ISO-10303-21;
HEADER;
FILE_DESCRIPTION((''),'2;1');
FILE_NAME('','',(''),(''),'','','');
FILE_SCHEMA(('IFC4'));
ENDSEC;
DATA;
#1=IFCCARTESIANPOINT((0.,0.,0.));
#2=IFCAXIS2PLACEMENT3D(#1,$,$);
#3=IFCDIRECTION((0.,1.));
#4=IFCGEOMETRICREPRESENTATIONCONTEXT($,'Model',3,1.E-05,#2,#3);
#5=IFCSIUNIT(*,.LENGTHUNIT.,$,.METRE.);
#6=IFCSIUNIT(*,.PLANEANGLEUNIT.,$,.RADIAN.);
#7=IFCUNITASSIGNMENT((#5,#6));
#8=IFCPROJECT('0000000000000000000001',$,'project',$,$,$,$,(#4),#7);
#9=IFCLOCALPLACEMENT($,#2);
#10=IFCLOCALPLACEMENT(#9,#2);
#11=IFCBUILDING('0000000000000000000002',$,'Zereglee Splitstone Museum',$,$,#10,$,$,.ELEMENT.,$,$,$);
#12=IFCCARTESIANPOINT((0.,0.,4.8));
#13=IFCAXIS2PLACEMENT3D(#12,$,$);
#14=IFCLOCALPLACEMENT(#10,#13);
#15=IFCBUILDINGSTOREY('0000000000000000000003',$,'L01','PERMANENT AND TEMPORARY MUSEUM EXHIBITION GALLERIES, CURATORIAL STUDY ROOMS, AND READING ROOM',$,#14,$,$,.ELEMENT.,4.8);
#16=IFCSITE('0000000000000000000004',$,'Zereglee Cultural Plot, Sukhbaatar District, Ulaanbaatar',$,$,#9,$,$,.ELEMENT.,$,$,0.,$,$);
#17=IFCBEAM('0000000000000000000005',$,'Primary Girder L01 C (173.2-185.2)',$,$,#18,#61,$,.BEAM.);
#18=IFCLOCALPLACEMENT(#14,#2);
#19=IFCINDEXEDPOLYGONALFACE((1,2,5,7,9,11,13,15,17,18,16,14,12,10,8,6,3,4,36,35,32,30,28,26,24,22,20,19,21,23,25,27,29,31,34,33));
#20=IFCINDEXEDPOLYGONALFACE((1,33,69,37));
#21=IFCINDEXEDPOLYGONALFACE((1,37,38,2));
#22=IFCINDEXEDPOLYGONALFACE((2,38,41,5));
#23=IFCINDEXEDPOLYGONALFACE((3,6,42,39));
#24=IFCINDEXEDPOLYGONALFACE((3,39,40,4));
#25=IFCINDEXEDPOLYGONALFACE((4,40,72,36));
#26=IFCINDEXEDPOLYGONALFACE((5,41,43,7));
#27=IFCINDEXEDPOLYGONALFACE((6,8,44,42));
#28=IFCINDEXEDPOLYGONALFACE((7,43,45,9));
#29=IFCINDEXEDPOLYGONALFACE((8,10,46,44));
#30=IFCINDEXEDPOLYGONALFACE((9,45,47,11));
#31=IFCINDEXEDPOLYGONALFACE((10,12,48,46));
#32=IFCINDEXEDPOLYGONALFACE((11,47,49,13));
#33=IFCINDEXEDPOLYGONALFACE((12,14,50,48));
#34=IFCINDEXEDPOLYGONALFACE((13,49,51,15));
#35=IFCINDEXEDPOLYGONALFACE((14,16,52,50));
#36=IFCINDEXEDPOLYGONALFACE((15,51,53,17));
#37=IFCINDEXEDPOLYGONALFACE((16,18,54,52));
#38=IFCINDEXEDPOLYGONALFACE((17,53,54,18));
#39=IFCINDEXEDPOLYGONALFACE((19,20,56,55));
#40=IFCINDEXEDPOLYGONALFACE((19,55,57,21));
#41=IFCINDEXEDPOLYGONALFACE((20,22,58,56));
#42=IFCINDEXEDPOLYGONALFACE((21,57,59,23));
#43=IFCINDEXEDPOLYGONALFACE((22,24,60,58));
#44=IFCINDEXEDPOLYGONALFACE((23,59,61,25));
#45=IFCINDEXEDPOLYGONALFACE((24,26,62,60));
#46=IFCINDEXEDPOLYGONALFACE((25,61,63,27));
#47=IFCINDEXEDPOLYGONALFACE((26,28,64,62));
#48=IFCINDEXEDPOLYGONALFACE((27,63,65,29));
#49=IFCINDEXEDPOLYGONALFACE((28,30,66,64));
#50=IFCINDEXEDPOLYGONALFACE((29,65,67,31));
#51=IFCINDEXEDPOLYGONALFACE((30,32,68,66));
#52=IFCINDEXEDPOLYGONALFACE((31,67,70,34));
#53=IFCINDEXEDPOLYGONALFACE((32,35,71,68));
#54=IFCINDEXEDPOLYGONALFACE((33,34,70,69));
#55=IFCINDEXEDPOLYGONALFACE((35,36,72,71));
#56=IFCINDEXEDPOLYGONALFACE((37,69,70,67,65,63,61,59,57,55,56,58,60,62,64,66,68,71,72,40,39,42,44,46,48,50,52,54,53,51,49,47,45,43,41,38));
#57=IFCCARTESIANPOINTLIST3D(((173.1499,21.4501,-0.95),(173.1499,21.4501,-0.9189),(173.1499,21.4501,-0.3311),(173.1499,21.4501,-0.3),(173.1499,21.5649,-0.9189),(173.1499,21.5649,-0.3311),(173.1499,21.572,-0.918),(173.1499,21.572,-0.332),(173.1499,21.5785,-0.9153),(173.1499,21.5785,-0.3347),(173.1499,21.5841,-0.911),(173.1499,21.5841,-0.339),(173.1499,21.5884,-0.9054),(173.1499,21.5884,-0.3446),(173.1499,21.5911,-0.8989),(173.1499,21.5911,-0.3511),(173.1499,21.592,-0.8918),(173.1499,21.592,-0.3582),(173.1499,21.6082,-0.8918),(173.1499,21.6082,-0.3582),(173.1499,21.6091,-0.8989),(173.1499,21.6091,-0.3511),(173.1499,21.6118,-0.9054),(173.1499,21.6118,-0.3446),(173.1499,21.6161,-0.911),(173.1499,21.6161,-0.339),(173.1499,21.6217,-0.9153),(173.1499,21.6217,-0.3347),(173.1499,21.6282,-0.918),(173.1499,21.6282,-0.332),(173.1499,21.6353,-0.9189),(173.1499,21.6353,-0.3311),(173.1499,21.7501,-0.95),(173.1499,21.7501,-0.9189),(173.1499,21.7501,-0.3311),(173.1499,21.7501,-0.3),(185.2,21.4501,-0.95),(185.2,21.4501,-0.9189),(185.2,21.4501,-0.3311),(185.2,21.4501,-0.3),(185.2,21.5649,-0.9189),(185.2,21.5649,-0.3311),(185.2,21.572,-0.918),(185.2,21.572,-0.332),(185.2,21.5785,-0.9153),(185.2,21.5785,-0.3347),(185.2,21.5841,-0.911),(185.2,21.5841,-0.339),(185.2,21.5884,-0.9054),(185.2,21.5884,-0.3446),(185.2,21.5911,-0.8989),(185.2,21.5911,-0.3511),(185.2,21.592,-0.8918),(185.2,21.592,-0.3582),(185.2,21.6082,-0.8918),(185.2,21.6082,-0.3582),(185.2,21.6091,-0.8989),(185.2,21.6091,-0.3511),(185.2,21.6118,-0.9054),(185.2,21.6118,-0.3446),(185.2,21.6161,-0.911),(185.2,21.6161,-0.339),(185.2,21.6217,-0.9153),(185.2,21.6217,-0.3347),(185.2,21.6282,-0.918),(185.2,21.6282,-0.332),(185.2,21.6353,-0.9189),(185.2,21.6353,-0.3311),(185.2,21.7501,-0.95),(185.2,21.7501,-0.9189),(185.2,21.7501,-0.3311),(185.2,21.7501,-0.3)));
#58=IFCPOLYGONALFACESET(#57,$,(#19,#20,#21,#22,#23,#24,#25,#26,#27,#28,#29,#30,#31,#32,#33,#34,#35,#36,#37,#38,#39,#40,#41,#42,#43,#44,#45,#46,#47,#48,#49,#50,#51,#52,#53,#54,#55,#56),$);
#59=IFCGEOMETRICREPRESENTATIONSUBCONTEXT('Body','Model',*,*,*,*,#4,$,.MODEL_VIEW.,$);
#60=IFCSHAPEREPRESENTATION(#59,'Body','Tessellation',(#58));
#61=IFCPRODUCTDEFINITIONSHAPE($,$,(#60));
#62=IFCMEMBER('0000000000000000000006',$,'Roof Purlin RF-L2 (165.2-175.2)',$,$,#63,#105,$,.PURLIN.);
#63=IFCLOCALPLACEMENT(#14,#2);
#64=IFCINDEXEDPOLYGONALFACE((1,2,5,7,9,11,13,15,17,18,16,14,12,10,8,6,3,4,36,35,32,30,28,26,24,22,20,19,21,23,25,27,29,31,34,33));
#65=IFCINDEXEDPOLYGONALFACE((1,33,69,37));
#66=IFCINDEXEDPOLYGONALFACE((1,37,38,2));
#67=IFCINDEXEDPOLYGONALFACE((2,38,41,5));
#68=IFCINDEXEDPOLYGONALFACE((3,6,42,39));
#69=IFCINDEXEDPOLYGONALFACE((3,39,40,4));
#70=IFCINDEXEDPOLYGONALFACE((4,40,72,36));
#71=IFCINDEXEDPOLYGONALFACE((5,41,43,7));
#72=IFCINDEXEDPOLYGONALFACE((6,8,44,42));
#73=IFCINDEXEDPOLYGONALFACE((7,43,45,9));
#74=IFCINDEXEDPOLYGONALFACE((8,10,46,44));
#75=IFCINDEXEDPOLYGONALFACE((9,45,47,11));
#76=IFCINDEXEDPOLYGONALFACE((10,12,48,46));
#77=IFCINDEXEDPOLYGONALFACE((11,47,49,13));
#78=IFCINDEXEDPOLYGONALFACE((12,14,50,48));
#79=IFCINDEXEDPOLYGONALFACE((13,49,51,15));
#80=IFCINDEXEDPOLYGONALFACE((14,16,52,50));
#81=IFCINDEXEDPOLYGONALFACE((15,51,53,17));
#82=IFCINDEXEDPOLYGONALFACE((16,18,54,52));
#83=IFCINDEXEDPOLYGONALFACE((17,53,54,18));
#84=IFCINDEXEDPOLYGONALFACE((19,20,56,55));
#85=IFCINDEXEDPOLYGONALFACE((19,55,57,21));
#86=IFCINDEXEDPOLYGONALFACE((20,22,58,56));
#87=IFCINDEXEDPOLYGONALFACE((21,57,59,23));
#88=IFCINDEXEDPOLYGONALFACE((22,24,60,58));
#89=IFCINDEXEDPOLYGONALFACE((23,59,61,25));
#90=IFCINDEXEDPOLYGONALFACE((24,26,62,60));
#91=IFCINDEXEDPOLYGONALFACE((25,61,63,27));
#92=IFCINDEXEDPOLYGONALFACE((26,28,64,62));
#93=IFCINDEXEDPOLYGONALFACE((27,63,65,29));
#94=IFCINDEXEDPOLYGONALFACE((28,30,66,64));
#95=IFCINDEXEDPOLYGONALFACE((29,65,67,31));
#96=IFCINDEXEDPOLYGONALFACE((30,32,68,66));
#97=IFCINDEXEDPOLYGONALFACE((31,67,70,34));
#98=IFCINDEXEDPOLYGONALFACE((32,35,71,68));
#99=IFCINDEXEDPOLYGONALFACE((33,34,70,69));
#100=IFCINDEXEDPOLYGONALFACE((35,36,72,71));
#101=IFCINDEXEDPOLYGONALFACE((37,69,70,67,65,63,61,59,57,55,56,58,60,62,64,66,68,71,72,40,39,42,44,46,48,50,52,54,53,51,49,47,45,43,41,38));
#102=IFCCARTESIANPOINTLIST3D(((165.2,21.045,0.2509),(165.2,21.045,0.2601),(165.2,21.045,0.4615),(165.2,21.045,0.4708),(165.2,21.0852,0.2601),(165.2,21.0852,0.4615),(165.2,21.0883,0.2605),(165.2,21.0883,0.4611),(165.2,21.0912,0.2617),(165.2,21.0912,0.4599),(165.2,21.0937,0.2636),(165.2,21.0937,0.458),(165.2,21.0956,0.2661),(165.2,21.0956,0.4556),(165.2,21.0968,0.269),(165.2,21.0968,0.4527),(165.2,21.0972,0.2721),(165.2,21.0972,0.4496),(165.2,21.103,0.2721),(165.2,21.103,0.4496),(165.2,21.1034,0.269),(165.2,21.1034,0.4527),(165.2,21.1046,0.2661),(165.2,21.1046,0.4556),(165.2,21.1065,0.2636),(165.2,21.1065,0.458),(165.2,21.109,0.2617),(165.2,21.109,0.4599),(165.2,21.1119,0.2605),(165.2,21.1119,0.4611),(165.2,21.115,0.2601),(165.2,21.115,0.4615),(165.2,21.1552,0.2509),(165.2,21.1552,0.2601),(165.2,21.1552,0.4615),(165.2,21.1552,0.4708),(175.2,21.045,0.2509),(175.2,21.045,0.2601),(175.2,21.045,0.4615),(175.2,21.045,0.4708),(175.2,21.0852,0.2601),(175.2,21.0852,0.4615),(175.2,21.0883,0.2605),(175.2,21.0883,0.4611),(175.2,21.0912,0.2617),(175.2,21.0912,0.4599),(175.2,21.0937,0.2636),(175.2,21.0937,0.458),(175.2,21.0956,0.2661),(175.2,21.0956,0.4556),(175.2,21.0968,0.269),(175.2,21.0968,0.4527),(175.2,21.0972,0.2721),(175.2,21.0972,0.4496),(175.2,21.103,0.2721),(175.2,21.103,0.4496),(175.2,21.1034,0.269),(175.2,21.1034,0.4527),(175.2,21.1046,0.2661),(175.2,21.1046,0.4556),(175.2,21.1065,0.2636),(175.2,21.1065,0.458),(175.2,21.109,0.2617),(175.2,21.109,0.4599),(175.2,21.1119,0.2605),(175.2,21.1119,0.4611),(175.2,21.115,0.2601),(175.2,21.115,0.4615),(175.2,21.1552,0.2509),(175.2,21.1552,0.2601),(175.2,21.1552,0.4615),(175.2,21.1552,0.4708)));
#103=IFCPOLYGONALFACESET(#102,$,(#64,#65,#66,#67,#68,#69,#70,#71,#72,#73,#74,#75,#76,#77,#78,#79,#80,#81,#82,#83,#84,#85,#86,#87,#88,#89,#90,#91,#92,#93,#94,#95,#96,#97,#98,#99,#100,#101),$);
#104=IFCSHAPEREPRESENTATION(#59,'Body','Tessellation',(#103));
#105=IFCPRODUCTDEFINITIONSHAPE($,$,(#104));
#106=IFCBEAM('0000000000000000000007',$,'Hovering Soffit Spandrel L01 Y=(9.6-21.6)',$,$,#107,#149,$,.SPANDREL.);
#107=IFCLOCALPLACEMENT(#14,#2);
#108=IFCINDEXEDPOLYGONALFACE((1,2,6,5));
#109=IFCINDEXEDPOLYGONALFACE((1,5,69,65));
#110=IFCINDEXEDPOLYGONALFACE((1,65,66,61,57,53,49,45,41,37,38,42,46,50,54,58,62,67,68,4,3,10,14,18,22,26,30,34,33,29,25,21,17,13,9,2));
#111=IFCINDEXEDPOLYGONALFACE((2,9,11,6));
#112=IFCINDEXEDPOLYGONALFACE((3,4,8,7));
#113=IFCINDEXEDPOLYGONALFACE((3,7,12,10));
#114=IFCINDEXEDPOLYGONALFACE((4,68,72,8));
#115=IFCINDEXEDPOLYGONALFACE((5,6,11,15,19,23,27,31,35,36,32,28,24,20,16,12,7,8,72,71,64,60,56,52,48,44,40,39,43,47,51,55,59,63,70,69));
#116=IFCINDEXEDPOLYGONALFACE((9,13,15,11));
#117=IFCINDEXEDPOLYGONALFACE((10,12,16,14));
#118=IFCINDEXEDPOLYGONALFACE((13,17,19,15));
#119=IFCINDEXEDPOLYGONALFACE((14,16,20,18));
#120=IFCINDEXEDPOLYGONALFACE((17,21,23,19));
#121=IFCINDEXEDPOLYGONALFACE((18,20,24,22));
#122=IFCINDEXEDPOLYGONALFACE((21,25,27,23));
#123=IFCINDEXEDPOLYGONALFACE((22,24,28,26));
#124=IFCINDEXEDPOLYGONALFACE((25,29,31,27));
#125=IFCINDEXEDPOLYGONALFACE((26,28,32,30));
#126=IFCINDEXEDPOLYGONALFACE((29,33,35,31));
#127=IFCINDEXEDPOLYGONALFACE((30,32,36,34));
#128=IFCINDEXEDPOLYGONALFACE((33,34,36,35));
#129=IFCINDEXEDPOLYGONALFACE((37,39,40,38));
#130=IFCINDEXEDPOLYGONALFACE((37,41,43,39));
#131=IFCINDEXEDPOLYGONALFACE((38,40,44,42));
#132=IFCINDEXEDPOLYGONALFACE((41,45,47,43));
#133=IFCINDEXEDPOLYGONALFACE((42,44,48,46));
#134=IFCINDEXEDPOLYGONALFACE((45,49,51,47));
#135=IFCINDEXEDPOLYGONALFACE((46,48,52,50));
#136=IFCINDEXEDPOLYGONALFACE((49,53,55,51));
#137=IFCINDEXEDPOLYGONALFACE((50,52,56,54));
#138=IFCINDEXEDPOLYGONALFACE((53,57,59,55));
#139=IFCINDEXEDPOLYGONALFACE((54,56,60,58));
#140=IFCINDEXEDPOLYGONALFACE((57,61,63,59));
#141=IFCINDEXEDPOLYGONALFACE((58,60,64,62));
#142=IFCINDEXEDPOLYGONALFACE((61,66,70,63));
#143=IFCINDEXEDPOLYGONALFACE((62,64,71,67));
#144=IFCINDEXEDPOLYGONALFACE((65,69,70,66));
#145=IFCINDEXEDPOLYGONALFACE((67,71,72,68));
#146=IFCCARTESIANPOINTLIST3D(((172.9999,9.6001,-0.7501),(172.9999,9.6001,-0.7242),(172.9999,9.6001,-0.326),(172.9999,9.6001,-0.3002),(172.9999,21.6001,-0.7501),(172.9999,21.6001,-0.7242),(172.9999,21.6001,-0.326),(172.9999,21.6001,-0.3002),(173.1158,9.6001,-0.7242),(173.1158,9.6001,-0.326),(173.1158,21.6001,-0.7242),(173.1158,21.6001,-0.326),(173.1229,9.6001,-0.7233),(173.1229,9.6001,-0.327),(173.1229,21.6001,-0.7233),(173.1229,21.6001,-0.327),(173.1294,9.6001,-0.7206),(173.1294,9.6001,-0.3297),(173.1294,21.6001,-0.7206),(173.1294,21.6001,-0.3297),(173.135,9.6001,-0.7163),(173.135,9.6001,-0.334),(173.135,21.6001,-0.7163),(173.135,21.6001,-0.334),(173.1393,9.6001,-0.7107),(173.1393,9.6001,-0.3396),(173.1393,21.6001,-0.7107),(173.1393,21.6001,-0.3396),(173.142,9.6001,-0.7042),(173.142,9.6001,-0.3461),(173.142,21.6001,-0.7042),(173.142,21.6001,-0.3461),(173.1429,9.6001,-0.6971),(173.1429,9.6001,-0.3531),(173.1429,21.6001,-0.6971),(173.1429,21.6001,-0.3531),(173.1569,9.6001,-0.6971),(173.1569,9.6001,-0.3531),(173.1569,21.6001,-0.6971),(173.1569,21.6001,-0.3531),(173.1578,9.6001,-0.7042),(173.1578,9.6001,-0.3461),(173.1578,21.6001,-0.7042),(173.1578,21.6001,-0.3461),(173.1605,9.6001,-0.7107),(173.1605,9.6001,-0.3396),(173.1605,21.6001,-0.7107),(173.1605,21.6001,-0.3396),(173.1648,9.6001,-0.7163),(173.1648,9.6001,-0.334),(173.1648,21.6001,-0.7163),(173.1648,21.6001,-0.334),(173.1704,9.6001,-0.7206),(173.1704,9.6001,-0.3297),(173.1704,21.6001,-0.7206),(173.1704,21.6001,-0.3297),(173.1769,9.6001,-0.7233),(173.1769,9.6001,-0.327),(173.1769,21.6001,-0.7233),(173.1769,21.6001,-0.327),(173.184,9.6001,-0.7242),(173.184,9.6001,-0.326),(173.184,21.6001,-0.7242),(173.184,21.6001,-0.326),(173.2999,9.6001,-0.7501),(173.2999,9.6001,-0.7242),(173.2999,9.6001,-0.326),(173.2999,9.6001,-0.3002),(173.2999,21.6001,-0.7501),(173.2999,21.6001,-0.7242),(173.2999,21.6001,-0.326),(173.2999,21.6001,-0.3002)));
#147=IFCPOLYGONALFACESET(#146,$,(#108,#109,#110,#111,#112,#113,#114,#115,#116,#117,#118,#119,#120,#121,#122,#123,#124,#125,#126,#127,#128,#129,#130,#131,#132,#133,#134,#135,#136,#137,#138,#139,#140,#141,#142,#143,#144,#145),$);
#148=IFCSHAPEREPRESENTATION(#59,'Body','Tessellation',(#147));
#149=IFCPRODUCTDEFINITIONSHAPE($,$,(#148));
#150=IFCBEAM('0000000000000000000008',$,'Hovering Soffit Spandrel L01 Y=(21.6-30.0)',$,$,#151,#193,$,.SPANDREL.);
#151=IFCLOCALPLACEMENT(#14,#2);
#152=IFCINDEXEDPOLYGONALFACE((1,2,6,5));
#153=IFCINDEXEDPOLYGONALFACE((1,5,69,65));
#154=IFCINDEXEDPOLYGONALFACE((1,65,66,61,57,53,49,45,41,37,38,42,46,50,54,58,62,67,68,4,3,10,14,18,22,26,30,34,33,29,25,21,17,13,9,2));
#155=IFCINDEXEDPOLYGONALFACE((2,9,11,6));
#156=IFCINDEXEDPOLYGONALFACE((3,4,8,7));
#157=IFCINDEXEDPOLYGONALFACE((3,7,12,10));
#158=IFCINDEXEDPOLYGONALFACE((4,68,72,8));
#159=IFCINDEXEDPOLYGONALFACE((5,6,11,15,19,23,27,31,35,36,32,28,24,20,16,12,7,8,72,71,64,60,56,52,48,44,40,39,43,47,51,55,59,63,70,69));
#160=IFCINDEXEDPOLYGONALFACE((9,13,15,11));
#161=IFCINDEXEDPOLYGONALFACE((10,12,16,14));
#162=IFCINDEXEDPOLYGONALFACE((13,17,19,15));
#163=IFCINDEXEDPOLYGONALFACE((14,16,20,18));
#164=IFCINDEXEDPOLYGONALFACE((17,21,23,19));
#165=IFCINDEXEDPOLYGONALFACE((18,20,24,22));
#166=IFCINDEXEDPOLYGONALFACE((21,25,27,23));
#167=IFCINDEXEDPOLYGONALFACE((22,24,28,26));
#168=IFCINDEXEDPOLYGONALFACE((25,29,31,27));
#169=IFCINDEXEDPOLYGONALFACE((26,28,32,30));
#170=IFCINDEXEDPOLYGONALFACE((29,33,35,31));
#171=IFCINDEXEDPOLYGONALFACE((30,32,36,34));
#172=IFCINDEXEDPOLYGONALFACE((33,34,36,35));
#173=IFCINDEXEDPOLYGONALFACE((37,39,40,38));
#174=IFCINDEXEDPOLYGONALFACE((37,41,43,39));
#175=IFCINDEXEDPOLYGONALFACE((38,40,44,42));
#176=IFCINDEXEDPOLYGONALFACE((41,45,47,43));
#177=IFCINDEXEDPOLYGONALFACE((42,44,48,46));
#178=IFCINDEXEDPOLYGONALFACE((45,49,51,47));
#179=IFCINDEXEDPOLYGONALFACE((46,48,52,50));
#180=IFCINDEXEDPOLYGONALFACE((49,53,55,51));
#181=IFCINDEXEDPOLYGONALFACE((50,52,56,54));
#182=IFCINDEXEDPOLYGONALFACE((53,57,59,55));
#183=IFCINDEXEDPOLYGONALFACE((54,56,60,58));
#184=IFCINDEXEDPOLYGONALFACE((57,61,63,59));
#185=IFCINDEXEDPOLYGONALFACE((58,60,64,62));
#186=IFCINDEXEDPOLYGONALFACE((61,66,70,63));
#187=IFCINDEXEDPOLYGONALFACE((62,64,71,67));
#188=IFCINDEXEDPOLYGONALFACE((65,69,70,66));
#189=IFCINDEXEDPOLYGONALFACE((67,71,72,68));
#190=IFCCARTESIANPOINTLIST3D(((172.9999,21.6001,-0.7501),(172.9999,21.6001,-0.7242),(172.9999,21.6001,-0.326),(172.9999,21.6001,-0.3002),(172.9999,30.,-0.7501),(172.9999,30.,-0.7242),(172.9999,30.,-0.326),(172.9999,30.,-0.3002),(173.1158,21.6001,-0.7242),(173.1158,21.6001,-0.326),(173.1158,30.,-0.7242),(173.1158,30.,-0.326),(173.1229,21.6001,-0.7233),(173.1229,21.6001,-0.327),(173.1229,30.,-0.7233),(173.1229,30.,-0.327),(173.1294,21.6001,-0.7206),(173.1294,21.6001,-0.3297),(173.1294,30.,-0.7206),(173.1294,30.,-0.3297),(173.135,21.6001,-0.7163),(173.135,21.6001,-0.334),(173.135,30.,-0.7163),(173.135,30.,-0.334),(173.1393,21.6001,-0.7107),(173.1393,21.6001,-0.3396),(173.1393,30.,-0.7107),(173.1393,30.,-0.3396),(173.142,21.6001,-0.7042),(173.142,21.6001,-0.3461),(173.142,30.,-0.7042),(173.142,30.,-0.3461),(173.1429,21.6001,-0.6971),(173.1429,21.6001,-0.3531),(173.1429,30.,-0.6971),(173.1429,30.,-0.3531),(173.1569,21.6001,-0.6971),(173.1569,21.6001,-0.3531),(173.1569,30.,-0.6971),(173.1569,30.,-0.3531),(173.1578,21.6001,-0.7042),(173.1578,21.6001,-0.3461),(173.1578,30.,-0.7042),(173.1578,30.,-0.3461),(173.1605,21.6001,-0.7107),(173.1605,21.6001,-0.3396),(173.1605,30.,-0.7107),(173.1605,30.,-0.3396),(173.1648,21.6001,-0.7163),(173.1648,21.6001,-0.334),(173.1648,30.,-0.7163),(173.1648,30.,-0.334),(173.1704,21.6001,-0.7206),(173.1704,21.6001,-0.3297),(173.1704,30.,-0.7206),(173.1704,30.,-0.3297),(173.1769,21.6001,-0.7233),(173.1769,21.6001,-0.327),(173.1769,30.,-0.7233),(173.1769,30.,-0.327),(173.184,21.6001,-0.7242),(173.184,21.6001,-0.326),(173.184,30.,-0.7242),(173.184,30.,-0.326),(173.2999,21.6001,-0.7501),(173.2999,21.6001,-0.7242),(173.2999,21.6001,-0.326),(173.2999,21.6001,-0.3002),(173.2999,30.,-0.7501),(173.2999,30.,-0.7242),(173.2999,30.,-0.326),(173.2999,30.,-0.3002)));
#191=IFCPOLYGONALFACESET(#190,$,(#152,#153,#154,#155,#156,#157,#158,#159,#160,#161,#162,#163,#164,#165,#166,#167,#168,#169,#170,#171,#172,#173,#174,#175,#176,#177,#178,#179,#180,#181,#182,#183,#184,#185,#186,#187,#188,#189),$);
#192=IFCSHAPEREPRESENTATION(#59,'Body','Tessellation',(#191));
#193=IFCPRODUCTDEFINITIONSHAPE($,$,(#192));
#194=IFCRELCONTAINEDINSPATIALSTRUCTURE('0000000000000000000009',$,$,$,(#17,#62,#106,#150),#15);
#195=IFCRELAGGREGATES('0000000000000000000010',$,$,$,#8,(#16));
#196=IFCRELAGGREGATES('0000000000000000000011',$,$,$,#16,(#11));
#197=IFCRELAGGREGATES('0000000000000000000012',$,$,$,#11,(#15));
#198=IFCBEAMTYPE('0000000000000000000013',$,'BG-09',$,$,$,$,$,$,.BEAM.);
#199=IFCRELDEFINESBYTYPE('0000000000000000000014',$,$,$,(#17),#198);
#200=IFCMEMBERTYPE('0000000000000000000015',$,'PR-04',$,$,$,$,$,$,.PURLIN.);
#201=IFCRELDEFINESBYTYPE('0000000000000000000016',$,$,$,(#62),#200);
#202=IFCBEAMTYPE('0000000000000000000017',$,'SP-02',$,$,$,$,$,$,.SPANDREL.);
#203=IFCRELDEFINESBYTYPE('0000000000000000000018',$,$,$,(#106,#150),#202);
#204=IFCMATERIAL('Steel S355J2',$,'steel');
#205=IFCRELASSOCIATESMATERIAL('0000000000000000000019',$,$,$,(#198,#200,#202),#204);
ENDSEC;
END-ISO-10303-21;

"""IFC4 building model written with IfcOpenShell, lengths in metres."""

from ifc_helpers import new_model, si_unit, direction, frame, origin, origin_2d, place, context, subcontext, project, spatial, i_section, extrude, material, material_profile, profile_set, type_object, element, save


model = new_model("IFC4")

# Units and contexts
model_context = context("Model", 3, precision=1e-05, world=origin(), true_north=direction((0.0, 1.0)))
body_context = subcontext(model_context, "Body", "Model", "MODEL_VIEW")
ifc_project = project(units=[si_unit("LENGTHUNIT", "METRE"), si_unit("PLANEANGLEUNIT", "RADIAN")], contexts=[model_context])

# Site, building, storey
site_placement = place(None, origin())
site = spatial("IfcSite", under=ifc_project, at=site_placement, Name="Zereglee Cultural Plot, Sukhbaatar District, Ulaanbaatar", CompositionType="ELEMENT", RefElevation=0.0)
building_placement = place(site_placement, origin())
building = spatial("IfcBuilding", under=site, at=building_placement, Name="Zereglee Splitstone Museum", CompositionType="ELEMENT")
storey_placement = place(building_placement, frame((0.0, 0.0, 4.8)))
storey = spatial("IfcBuildingStorey", under=building, at=storey_placement, Name="L01", Description="PERMANENT AND TEMPORARY MUSEUM EXHIBITION GALLERIES, CURATORIAL STUDY ROOMS, AND READING ROOM", CompositionType="ELEMENT", Elevation=4.8)

# Beam
ifc_material_1 = material(Name="Steel S355J2", Category="steel")
ifc_material_profile_1 = material_profile(ifc_material_1, i_section(OverallWidth=0.3, OverallDepth=0.6499, WebThickness=0.0161, FlangeThickness=0.031, FilletRadius=0.0271, at=origin_2d()), Name="HE 650 B")
ifc_profile_set_1 = profile_set([ifc_material_profile_1], Name="Steel S355J2")
beam_type_1 = type_object("IfcBeamType", Name="BG-09", PredefinedType="BEAM", material=ifc_profile_set_1)
beam_1_placement = place(storey_placement, frame((173.1499, 21.6001, -0.625), z_axis=(1.0, 0.0, 0.0), x_axis=(0.0, 1.0, 0.0)))
element("IfcBeam", 1, at=beam_1_placement, inside=storey, type_object=beam_type_1, Name="Primary Girder L01 C (173.2-185.2)", PredefinedType="BEAM", context=body_context, shape_type="SweptSolid", body=[
    extrude(i_section(OverallWidth=0.3, OverallDepth=0.6499, WebThickness=0.0161, FlangeThickness=0.031, FilletRadius=0.0271, at=origin_2d()), origin(), (0.0, 0.0, 1.0), 12.05),
])

# Member
ifc_material_profile_2 = material_profile(ifc_material_1, i_section(OverallWidth=0.1101, OverallDepth=0.22, WebThickness=0.0059, FlangeThickness=0.0093, FilletRadius=0.012, at=origin_2d()), Name="IPE 220")
ifc_profile_set_2 = profile_set([ifc_material_profile_2], Name="Steel S355J2")
member_type = type_object("IfcMemberType", Name="PR-04", PredefinedType="PURLIN", material=ifc_profile_set_2)
member_placement = place(storey_placement, frame((165.2, 21.1001, 0.3608), z_axis=(1.0, 0.0, 0.0), x_axis=(0.0, 1.0, 0.0)))
element("IfcMember", 2, at=member_placement, inside=storey, type_object=member_type, Name="Roof Purlin RF-L2 (165.2-175.2)", PredefinedType="PURLIN", context=body_context, shape_type="SweptSolid", body=[
    extrude(i_section(OverallWidth=0.1101, OverallDepth=0.22, WebThickness=0.0059, FlangeThickness=0.0093, FilletRadius=0.012, at=origin_2d()), origin(), (0.0, 0.0, 1.0), 10.0),
])

# Beams
ifc_material_profile_3 = material_profile(ifc_material_1, i_section(OverallWidth=0.3, OverallDepth=0.45, WebThickness=0.0139, FlangeThickness=0.0259, FilletRadius=0.0271, at=origin_2d()), Name="HE 450 B")
ifc_profile_set_3 = profile_set([ifc_material_profile_3], Name="Steel S355J2")
beam_type_2 = type_object("IfcBeamType", Name="SP-02", PredefinedType="SPANDREL", material=ifc_profile_set_3)
beam_2_placement = place(storey_placement, frame((173.1499, 9.6001, -0.5251), z_axis=(0.0, 1.0, 0.0), x_axis=(-1.0, 0.0, 0.0)))
element("IfcBeam", 3, at=beam_2_placement, inside=storey, type_object=beam_type_2, Name="Hovering Soffit Spandrel L01 Y=(9.6-21.6)", PredefinedType="SPANDREL", context=body_context, shape_type="SweptSolid", body=[
    extrude(i_section(OverallWidth=0.3, OverallDepth=0.45, WebThickness=0.0139, FlangeThickness=0.0259, FilletRadius=0.0271, at=origin_2d()), origin(), (0.0, 0.0, 1.0), 12.0),
])
beam_3_placement = place(storey_placement, frame((173.1499, 21.6001, -0.5251), z_axis=(0.0, 1.0, 0.0), x_axis=(-1.0, 0.0, 0.0)))
element("IfcBeam", 4, at=beam_3_placement, inside=storey, type_object=beam_type_2, Name="Hovering Soffit Spandrel L01 Y=(21.6-30.0)", PredefinedType="SPANDREL", context=body_context, shape_type="SweptSolid", body=[
    extrude(i_section(OverallWidth=0.3, OverallDepth=0.45, WebThickness=0.0139, FlangeThickness=0.0259, FilletRadius=0.0271, at=origin_2d()), origin(), (0.0, 0.0, 1.0), 8.3999),
])

save(model, "model.ifc")
